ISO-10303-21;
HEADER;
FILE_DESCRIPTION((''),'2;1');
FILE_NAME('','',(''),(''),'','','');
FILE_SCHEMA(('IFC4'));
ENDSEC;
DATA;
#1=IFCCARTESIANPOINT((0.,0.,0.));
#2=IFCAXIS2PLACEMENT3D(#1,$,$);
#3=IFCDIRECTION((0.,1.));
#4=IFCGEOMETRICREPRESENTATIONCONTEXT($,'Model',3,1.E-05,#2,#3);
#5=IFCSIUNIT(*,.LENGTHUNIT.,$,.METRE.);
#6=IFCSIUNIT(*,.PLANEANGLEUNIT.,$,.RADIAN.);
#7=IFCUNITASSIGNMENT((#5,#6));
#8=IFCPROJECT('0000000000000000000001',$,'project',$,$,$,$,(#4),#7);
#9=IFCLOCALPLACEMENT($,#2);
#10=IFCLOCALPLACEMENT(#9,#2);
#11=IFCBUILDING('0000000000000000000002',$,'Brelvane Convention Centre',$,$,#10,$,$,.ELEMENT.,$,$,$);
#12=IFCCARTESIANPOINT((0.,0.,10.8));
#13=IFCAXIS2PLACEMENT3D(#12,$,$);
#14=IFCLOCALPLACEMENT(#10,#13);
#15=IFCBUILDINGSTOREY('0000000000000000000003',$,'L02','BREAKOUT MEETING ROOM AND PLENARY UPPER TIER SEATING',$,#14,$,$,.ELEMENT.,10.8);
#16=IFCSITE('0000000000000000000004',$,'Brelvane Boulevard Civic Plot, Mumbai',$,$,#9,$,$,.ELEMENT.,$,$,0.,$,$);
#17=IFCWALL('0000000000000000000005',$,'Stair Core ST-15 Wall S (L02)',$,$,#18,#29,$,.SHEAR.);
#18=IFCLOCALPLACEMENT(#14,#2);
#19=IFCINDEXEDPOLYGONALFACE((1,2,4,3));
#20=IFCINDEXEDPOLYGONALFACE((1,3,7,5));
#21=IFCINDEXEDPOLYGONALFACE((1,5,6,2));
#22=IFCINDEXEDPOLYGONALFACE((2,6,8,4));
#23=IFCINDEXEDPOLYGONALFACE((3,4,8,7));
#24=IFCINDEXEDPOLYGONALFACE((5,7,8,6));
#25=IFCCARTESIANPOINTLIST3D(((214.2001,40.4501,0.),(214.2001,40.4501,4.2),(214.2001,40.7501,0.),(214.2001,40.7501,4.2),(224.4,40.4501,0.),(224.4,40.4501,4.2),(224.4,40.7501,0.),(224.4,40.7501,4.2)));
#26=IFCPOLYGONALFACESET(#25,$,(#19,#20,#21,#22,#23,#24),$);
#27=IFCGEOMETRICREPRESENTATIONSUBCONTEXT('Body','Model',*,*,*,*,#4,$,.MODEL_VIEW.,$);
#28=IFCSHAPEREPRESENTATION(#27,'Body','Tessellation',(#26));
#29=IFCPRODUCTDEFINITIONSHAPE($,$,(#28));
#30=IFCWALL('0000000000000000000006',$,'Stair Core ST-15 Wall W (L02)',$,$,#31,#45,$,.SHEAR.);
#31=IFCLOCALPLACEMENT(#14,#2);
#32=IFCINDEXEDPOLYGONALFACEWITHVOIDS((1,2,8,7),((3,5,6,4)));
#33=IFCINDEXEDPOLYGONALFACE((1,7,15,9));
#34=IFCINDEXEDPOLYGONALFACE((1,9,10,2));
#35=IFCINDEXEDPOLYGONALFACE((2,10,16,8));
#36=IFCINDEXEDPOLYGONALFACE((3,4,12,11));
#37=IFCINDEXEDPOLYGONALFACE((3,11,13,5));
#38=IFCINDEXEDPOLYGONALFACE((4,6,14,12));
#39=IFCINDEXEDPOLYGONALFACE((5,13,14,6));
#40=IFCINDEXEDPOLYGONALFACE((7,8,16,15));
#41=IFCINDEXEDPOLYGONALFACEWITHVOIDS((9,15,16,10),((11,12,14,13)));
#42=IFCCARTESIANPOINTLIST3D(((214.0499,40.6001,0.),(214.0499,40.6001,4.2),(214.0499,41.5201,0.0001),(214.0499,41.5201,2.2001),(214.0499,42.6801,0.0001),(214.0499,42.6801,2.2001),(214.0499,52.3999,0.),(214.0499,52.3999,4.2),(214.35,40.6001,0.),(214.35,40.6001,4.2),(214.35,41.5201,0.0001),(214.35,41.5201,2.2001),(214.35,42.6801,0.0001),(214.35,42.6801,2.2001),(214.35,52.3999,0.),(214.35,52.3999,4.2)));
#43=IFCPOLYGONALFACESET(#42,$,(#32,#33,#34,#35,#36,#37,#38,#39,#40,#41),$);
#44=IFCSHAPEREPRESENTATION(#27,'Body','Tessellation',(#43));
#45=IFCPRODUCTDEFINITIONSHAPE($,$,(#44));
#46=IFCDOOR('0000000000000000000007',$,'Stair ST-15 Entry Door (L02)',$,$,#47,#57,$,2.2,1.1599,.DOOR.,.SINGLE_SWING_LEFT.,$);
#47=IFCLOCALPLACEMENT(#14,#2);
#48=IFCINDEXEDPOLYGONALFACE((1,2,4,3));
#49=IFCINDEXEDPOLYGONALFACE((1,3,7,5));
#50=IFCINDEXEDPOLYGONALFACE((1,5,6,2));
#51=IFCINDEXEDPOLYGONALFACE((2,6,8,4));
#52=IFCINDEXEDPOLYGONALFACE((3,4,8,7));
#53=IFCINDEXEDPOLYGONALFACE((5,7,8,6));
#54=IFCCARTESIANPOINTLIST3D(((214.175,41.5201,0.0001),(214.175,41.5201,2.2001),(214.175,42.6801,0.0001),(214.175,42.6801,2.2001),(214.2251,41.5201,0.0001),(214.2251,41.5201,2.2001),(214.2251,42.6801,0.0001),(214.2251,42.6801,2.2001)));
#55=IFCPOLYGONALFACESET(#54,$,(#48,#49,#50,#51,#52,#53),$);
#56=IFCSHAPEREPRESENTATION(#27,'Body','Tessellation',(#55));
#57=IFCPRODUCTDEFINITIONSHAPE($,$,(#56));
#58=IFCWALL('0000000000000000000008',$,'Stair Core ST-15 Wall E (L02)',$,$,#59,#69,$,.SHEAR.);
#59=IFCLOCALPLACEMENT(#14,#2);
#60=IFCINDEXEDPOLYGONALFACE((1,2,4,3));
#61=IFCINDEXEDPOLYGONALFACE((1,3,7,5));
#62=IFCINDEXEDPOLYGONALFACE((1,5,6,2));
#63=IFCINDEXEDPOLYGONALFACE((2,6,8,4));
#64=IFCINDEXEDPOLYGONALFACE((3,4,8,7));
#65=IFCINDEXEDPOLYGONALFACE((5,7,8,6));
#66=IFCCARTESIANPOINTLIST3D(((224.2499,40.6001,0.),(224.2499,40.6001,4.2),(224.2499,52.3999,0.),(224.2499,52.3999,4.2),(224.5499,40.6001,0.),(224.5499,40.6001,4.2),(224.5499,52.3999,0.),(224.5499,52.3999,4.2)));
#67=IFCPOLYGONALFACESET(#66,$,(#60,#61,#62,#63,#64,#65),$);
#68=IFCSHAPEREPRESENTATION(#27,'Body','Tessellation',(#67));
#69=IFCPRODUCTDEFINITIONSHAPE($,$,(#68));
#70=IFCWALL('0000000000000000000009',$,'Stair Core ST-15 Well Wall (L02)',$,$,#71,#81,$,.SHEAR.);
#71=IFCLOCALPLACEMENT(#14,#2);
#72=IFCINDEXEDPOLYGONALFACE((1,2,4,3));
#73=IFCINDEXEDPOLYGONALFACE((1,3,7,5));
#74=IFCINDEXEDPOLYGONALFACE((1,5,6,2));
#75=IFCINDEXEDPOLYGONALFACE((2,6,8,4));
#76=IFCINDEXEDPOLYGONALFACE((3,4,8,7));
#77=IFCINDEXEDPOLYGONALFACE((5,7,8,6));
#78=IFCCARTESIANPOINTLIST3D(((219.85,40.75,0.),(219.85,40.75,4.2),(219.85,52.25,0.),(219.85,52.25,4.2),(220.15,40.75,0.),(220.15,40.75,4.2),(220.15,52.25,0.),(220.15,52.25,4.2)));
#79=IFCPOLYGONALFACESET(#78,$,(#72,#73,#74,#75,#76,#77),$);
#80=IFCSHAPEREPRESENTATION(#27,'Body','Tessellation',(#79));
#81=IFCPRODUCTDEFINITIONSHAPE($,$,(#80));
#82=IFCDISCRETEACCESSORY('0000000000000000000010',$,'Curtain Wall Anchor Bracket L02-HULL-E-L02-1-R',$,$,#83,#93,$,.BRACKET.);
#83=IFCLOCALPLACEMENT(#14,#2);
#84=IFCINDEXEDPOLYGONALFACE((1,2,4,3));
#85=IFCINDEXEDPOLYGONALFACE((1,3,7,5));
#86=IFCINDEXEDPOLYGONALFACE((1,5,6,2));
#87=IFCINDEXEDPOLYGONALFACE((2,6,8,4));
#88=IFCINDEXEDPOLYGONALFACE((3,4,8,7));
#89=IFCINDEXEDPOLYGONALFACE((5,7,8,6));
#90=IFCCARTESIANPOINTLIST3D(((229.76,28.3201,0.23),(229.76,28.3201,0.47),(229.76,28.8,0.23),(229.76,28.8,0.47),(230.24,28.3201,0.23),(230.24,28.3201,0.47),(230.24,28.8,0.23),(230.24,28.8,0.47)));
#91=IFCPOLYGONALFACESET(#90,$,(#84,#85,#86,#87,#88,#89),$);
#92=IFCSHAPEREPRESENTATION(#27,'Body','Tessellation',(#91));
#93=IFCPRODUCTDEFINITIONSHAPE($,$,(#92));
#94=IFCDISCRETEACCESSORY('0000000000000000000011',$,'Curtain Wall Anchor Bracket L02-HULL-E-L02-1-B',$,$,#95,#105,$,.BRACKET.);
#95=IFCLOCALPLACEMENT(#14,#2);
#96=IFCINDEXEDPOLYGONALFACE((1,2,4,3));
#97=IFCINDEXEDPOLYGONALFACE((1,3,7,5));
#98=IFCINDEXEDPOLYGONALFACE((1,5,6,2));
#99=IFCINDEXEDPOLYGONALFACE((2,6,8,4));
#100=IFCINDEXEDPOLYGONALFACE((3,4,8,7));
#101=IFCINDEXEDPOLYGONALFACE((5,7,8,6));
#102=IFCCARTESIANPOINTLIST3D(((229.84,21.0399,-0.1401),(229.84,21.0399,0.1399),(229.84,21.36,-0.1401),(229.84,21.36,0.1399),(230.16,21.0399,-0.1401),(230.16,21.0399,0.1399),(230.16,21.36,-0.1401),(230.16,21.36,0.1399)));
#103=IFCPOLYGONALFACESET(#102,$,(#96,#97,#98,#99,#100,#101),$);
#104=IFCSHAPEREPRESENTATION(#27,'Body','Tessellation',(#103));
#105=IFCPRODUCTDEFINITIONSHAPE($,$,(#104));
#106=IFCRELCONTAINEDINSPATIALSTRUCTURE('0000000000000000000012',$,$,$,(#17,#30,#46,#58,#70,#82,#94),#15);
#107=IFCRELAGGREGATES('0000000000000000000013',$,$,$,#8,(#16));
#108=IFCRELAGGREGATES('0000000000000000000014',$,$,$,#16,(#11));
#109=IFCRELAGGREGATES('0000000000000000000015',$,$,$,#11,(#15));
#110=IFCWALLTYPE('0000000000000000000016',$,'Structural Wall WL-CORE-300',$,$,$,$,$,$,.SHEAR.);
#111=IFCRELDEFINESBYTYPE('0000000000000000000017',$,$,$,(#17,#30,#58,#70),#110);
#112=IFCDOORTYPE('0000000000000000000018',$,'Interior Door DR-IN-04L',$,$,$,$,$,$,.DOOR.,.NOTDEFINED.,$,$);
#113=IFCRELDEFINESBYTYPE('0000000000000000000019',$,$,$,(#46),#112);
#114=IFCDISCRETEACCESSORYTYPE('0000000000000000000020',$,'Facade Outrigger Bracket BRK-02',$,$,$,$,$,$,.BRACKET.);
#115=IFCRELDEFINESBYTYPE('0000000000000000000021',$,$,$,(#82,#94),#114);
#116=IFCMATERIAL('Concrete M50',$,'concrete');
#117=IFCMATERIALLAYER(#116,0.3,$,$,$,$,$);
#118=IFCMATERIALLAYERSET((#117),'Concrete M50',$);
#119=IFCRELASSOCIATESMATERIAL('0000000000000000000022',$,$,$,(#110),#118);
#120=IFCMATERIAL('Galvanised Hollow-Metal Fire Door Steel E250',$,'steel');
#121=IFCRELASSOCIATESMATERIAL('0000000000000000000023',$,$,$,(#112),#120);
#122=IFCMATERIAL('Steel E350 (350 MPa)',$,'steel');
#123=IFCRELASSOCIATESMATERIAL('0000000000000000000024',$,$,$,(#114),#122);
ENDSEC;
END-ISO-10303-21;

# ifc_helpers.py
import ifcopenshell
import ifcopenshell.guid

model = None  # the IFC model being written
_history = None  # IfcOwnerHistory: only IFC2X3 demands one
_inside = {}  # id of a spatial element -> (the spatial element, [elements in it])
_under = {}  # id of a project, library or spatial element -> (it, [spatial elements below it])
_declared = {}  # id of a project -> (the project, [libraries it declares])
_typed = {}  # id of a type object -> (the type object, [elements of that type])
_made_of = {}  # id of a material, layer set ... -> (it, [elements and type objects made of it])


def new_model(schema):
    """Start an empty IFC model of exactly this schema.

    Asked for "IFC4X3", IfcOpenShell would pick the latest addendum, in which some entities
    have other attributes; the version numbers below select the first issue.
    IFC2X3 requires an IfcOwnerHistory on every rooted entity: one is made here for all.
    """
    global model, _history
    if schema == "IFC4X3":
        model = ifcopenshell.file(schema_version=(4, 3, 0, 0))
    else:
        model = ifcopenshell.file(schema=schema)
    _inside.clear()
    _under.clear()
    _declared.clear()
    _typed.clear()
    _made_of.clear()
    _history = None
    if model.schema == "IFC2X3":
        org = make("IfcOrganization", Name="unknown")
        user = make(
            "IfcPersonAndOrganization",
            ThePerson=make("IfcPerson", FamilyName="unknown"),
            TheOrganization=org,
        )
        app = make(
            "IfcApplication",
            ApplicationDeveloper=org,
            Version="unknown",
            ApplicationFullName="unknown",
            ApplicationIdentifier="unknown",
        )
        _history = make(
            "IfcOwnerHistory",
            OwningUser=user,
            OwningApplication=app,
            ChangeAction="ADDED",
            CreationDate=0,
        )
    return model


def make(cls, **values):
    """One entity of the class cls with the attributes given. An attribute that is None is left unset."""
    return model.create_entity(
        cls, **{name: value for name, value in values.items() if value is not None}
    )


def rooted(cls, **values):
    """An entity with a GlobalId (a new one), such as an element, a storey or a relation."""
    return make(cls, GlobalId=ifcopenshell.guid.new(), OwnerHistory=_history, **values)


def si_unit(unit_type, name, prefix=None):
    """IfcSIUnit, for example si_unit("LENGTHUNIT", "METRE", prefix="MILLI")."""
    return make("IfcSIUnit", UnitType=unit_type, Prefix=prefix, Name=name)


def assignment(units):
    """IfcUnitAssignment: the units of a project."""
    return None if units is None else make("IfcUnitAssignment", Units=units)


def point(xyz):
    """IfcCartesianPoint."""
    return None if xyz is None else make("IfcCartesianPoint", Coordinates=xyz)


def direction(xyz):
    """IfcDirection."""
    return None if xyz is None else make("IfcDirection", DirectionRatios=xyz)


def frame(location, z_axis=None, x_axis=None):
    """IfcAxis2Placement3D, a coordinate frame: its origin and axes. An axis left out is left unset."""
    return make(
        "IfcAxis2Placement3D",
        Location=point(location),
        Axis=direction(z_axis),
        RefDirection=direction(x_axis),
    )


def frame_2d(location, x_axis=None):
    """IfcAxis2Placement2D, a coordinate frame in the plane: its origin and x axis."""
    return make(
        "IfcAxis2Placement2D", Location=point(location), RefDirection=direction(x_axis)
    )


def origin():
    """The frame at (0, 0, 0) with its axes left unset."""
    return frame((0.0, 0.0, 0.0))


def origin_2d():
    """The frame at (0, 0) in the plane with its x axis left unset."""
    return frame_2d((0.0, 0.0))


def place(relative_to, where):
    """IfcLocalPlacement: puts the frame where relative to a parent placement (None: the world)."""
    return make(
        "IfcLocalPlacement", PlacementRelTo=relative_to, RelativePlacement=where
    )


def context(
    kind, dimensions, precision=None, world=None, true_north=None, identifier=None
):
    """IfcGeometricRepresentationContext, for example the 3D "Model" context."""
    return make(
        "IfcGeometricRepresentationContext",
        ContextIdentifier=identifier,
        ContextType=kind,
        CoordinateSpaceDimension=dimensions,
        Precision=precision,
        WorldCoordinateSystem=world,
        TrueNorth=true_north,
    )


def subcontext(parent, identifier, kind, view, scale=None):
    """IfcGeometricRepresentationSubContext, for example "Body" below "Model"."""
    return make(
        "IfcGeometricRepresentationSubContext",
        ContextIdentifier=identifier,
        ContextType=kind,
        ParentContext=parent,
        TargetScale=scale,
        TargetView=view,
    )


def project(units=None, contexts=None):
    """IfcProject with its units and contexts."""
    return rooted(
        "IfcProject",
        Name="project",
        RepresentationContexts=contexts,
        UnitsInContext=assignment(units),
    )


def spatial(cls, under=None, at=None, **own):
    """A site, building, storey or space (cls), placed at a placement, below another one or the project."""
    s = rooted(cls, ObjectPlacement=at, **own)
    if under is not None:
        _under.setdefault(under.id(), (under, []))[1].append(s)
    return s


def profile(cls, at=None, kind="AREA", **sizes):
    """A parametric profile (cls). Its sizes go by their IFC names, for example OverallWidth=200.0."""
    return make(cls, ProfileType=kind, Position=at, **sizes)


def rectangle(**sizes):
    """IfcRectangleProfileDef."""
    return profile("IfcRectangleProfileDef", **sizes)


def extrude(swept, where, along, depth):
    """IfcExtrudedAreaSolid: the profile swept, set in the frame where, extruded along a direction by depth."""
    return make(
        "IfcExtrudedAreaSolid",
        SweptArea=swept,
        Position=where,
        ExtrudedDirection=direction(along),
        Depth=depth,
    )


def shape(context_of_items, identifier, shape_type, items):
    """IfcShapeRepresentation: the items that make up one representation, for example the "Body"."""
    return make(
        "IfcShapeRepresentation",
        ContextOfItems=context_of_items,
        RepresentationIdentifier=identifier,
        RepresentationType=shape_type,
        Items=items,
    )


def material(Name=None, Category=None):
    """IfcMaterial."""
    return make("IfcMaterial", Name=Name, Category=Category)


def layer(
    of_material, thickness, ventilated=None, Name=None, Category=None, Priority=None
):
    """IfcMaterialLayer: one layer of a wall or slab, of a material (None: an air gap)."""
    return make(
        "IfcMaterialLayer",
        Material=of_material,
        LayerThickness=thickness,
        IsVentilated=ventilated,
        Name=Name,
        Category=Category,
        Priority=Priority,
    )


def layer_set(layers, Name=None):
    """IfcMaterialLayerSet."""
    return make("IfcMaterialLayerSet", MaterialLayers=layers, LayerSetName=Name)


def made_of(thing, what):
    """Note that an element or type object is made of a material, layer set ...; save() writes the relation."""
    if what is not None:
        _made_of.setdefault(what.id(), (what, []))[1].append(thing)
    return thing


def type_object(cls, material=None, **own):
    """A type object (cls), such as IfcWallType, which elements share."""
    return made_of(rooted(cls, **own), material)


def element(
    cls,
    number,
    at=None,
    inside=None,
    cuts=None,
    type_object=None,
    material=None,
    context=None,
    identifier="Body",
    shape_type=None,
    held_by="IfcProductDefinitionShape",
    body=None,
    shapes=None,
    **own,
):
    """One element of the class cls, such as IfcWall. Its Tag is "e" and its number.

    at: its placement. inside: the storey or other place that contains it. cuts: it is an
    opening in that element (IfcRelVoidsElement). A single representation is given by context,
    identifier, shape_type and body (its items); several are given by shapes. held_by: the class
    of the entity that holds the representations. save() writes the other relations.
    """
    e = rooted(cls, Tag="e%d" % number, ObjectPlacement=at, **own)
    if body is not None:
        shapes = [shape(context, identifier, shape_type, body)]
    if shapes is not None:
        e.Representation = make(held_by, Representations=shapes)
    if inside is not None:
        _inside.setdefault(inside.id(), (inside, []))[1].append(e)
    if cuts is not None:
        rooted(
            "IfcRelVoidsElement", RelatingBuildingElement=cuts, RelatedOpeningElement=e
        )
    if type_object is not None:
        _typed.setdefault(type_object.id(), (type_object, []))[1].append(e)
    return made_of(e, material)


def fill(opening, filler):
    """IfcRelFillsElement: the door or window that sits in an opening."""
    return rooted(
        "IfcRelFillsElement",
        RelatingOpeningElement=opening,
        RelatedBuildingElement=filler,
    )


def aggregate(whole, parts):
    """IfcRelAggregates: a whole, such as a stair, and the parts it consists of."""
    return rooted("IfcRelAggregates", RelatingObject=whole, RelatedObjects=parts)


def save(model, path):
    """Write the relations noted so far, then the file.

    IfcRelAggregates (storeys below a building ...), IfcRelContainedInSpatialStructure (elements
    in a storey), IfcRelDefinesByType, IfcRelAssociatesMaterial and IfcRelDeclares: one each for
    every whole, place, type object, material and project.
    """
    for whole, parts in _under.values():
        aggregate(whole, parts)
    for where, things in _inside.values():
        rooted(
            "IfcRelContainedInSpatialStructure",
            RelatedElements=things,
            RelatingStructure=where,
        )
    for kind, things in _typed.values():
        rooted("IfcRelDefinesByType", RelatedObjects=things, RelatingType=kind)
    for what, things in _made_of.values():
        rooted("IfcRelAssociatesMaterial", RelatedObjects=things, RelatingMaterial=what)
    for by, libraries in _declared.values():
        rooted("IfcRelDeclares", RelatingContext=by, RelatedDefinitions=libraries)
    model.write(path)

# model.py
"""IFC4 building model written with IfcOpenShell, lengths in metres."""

from ifc_helpers import new_model, si_unit, direction, frame, frame_2d, origin, origin_2d, place, context, subcontext, project, spatial, rectangle, extrude, material, layer, layer_set, type_object, element, fill, save


model = new_model("IFC4")

# Units and contexts
model_context = context("Model", 3, precision=1e-05, world=origin(), true_north=direction((0.0, 1.0)))
body_context = subcontext(model_context, "Body", "Model", "MODEL_VIEW")
ifc_project = project(units=[si_unit("LENGTHUNIT", "METRE"), si_unit("PLANEANGLEUNIT", "RADIAN")], contexts=[model_context])

# Site, building, storey
site_placement = place(None, origin())
site = spatial("IfcSite", under=ifc_project, at=site_placement, Name="Brelvane Boulevard Civic Plot, Mumbai", CompositionType="ELEMENT", RefElevation=0.0)
building_placement = place(site_placement, origin())
building = spatial("IfcBuilding", under=site, at=building_placement, Name="Brelvane Convention Centre", CompositionType="ELEMENT")
storey_placement = place(building_placement, frame((0.0, 0.0, 10.8)))
storey = spatial("IfcBuildingStorey", under=building, at=storey_placement, Name="L02", Description="BREAKOUT MEETING ROOM AND PLENARY UPPER TIER SEATING", CompositionType="ELEMENT", Elevation=10.8)

# Wall
ifc_material_1 = material(Name="Concrete M50", Category="concrete")
ifc_layer_1 = layer(ifc_material_1, 0.3)
ifc_layer_set_1 = layer_set([ifc_layer_1], Name="Concrete M50")
wall_type_1 = type_object("IfcWallType", Name="Structural Wall WL-CORE-300", PredefinedType="SHEAR", material=ifc_layer_set_1)
wall_1_placement = place(storey_placement, frame((214.2, 40.6001, 0.0), z_axis=(0.0, 0.0, 1.0), x_axis=(1.0, 0.0, 0.0)))
element("IfcWall", 1, at=wall_1_placement, inside=storey, type_object=wall_type_1, Name="Stair Core ST-15 Wall S (L02)", PredefinedType="SHEAR", context=body_context, shape_type="SweptSolid", body=[
    extrude(rectangle(XDim=10.2, YDim=0.3, at=frame_2d((5.1001, 0.0))), origin(), (0.0, 0.0, 1.0), 4.2),
])

# Wall, opening, door
wall_2_placement = place(storey_placement, frame((214.2, 40.6001, 0.0), z_axis=(0.0, 0.0, 1.0), x_axis=(0.0, 1.0, 0.0)))
wall_2 = element("IfcWall", 2, at=wall_2_placement, inside=storey, type_object=wall_type_1, Name="Stair Core ST-15 Wall W (L02)", PredefinedType="SHEAR", context=body_context, shape_type="SweptSolid", body=[
    extrude(rectangle(XDim=11.7998, YDim=0.3, at=frame_2d((5.8999, 0.0))), origin(), (0.0, 0.0, 1.0), 4.2),
])
opening_1_placement = place(wall_2_placement, frame((0.9199, 0.0, 0.0)))
opening_1 = element("IfcOpeningElement", 3, at=opening_1_placement, cuts=wall_2, PredefinedType="OPENING", context=body_context, shape_type="SweptSolid", body=[
    extrude(rectangle(XDim=1.1599, YDim=2.2, at=frame_2d((0.5801, 1.1001))), frame((0.0, 0.1599, 0.0), z_axis=(0.0, -1.0, 0.0), x_axis=(1.0, 0.0, 0.0)), (0.0, 0.0, 1.0), 0.3201),
])
ifc_material_2 = material(Name="Galvanised Hollow-Metal Fire Door Steel E250", Category="steel")
door_type_1 = type_object("IfcDoorType", Name="Interior Door DR-IN-04L", OperationType="NOTDEFINED", PredefinedType="DOOR", material=ifc_material_2)
door_1_placement = place(opening_1_placement, origin())
door_1 = element("IfcDoor", 4, at=door_1_placement, inside=storey, type_object=door_type_1, Name="Stair ST-15 Entry Door (L02)", OperationType="SINGLE_SWING_LEFT", OverallHeight=2.2, OverallWidth=1.1599, PredefinedType="DOOR", context=body_context, shape_type="SweptSolid", body=[
    extrude(rectangle(XDim=1.1599, YDim=2.2, at=frame_2d((0.5801, 1.1001))), frame((0.0, 0.0249, 0.0), z_axis=(0.0, -1.0, 0.0), x_axis=(1.0, 0.0, 0.0)), (0.0, 0.0, 1.0), 0.05),
])
fill(opening_1, door_1)

# Walls
wall_3_placement = place(storey_placement, frame((224.3999, 40.6001, 0.0), z_axis=(0.0, 0.0, 1.0), x_axis=(0.0, 1.0, 0.0)))
element("IfcWall", 5, at=wall_3_placement, inside=storey, type_object=wall_type_1, Name="Stair Core ST-15 Wall E (L02)", PredefinedType="SHEAR", context=body_context, shape_type="SweptSolid", body=[
    extrude(rectangle(XDim=11.7998, YDim=0.3, at=frame_2d((5.8999, 0.0))), origin(), (0.0, 0.0, 1.0), 4.2),
])
wall_4_placement = place(storey_placement, frame((220.0, 40.75, 0.0), z_axis=(0.0, 0.0, 1.0), x_axis=(0.0, 1.0, 0.0)))
element("IfcWall", 6, at=wall_4_placement, inside=storey, type_object=wall_type_1, Name="Stair Core ST-15 Well Wall (L02)", PredefinedType="SHEAR", context=body_context, shape_type="SweptSolid", body=[
    extrude(rectangle(XDim=11.5, YDim=0.3, at=frame_2d((5.75, 0.0))), origin(), (0.0, 0.0, 1.0), 4.2),
])

# Discrete accessories
ifc_material_3 = material(Name="Steel E350 (350 MPa)", Category="steel")
discrete_accessory_type = type_object("IfcDiscreteAccessoryType", Name="Facade Outrigger Bracket BRK-02", PredefinedType="BRACKET", material=ifc_material_3)
discrete_accessory_1_placement = place(storey_placement, frame((230.0, 28.5601, 0.23), z_axis=(0.0, 0.0, 1.0), x_axis=(1.0, 0.0, 0.0)))
element("IfcDiscreteAccessory", 7, at=discrete_accessory_1_placement, inside=storey, type_object=discrete_accessory_type, Name="Curtain Wall Anchor Bracket L02-HULL-E-L02-1-R", PredefinedType="BRACKET", context=body_context, shape_type="SweptSolid", body=[
    extrude(rectangle(XDim=0.48, YDim=0.48, at=origin_2d()), origin(), (0.0, 0.0, 1.0), 0.24),
])
discrete_accessory_2_placement = place(storey_placement, frame((230.0, 21.2, -0.1401), z_axis=(0.0, 0.0, 1.0), x_axis=(1.0, 0.0, 0.0)))
element("IfcDiscreteAccessory", 8, at=discrete_accessory_2_placement, inside=storey, type_object=discrete_accessory_type, Name="Curtain Wall Anchor Bracket L02-HULL-E-L02-1-B", PredefinedType="BRACKET", context=body_context, shape_type="SweptSolid", body=[
    extrude(rectangle(XDim=0.3201, YDim=0.3201, at=origin_2d()), origin(), (0.0, 0.0, 1.0), 0.28),
])

save(model, "model.ifc")
